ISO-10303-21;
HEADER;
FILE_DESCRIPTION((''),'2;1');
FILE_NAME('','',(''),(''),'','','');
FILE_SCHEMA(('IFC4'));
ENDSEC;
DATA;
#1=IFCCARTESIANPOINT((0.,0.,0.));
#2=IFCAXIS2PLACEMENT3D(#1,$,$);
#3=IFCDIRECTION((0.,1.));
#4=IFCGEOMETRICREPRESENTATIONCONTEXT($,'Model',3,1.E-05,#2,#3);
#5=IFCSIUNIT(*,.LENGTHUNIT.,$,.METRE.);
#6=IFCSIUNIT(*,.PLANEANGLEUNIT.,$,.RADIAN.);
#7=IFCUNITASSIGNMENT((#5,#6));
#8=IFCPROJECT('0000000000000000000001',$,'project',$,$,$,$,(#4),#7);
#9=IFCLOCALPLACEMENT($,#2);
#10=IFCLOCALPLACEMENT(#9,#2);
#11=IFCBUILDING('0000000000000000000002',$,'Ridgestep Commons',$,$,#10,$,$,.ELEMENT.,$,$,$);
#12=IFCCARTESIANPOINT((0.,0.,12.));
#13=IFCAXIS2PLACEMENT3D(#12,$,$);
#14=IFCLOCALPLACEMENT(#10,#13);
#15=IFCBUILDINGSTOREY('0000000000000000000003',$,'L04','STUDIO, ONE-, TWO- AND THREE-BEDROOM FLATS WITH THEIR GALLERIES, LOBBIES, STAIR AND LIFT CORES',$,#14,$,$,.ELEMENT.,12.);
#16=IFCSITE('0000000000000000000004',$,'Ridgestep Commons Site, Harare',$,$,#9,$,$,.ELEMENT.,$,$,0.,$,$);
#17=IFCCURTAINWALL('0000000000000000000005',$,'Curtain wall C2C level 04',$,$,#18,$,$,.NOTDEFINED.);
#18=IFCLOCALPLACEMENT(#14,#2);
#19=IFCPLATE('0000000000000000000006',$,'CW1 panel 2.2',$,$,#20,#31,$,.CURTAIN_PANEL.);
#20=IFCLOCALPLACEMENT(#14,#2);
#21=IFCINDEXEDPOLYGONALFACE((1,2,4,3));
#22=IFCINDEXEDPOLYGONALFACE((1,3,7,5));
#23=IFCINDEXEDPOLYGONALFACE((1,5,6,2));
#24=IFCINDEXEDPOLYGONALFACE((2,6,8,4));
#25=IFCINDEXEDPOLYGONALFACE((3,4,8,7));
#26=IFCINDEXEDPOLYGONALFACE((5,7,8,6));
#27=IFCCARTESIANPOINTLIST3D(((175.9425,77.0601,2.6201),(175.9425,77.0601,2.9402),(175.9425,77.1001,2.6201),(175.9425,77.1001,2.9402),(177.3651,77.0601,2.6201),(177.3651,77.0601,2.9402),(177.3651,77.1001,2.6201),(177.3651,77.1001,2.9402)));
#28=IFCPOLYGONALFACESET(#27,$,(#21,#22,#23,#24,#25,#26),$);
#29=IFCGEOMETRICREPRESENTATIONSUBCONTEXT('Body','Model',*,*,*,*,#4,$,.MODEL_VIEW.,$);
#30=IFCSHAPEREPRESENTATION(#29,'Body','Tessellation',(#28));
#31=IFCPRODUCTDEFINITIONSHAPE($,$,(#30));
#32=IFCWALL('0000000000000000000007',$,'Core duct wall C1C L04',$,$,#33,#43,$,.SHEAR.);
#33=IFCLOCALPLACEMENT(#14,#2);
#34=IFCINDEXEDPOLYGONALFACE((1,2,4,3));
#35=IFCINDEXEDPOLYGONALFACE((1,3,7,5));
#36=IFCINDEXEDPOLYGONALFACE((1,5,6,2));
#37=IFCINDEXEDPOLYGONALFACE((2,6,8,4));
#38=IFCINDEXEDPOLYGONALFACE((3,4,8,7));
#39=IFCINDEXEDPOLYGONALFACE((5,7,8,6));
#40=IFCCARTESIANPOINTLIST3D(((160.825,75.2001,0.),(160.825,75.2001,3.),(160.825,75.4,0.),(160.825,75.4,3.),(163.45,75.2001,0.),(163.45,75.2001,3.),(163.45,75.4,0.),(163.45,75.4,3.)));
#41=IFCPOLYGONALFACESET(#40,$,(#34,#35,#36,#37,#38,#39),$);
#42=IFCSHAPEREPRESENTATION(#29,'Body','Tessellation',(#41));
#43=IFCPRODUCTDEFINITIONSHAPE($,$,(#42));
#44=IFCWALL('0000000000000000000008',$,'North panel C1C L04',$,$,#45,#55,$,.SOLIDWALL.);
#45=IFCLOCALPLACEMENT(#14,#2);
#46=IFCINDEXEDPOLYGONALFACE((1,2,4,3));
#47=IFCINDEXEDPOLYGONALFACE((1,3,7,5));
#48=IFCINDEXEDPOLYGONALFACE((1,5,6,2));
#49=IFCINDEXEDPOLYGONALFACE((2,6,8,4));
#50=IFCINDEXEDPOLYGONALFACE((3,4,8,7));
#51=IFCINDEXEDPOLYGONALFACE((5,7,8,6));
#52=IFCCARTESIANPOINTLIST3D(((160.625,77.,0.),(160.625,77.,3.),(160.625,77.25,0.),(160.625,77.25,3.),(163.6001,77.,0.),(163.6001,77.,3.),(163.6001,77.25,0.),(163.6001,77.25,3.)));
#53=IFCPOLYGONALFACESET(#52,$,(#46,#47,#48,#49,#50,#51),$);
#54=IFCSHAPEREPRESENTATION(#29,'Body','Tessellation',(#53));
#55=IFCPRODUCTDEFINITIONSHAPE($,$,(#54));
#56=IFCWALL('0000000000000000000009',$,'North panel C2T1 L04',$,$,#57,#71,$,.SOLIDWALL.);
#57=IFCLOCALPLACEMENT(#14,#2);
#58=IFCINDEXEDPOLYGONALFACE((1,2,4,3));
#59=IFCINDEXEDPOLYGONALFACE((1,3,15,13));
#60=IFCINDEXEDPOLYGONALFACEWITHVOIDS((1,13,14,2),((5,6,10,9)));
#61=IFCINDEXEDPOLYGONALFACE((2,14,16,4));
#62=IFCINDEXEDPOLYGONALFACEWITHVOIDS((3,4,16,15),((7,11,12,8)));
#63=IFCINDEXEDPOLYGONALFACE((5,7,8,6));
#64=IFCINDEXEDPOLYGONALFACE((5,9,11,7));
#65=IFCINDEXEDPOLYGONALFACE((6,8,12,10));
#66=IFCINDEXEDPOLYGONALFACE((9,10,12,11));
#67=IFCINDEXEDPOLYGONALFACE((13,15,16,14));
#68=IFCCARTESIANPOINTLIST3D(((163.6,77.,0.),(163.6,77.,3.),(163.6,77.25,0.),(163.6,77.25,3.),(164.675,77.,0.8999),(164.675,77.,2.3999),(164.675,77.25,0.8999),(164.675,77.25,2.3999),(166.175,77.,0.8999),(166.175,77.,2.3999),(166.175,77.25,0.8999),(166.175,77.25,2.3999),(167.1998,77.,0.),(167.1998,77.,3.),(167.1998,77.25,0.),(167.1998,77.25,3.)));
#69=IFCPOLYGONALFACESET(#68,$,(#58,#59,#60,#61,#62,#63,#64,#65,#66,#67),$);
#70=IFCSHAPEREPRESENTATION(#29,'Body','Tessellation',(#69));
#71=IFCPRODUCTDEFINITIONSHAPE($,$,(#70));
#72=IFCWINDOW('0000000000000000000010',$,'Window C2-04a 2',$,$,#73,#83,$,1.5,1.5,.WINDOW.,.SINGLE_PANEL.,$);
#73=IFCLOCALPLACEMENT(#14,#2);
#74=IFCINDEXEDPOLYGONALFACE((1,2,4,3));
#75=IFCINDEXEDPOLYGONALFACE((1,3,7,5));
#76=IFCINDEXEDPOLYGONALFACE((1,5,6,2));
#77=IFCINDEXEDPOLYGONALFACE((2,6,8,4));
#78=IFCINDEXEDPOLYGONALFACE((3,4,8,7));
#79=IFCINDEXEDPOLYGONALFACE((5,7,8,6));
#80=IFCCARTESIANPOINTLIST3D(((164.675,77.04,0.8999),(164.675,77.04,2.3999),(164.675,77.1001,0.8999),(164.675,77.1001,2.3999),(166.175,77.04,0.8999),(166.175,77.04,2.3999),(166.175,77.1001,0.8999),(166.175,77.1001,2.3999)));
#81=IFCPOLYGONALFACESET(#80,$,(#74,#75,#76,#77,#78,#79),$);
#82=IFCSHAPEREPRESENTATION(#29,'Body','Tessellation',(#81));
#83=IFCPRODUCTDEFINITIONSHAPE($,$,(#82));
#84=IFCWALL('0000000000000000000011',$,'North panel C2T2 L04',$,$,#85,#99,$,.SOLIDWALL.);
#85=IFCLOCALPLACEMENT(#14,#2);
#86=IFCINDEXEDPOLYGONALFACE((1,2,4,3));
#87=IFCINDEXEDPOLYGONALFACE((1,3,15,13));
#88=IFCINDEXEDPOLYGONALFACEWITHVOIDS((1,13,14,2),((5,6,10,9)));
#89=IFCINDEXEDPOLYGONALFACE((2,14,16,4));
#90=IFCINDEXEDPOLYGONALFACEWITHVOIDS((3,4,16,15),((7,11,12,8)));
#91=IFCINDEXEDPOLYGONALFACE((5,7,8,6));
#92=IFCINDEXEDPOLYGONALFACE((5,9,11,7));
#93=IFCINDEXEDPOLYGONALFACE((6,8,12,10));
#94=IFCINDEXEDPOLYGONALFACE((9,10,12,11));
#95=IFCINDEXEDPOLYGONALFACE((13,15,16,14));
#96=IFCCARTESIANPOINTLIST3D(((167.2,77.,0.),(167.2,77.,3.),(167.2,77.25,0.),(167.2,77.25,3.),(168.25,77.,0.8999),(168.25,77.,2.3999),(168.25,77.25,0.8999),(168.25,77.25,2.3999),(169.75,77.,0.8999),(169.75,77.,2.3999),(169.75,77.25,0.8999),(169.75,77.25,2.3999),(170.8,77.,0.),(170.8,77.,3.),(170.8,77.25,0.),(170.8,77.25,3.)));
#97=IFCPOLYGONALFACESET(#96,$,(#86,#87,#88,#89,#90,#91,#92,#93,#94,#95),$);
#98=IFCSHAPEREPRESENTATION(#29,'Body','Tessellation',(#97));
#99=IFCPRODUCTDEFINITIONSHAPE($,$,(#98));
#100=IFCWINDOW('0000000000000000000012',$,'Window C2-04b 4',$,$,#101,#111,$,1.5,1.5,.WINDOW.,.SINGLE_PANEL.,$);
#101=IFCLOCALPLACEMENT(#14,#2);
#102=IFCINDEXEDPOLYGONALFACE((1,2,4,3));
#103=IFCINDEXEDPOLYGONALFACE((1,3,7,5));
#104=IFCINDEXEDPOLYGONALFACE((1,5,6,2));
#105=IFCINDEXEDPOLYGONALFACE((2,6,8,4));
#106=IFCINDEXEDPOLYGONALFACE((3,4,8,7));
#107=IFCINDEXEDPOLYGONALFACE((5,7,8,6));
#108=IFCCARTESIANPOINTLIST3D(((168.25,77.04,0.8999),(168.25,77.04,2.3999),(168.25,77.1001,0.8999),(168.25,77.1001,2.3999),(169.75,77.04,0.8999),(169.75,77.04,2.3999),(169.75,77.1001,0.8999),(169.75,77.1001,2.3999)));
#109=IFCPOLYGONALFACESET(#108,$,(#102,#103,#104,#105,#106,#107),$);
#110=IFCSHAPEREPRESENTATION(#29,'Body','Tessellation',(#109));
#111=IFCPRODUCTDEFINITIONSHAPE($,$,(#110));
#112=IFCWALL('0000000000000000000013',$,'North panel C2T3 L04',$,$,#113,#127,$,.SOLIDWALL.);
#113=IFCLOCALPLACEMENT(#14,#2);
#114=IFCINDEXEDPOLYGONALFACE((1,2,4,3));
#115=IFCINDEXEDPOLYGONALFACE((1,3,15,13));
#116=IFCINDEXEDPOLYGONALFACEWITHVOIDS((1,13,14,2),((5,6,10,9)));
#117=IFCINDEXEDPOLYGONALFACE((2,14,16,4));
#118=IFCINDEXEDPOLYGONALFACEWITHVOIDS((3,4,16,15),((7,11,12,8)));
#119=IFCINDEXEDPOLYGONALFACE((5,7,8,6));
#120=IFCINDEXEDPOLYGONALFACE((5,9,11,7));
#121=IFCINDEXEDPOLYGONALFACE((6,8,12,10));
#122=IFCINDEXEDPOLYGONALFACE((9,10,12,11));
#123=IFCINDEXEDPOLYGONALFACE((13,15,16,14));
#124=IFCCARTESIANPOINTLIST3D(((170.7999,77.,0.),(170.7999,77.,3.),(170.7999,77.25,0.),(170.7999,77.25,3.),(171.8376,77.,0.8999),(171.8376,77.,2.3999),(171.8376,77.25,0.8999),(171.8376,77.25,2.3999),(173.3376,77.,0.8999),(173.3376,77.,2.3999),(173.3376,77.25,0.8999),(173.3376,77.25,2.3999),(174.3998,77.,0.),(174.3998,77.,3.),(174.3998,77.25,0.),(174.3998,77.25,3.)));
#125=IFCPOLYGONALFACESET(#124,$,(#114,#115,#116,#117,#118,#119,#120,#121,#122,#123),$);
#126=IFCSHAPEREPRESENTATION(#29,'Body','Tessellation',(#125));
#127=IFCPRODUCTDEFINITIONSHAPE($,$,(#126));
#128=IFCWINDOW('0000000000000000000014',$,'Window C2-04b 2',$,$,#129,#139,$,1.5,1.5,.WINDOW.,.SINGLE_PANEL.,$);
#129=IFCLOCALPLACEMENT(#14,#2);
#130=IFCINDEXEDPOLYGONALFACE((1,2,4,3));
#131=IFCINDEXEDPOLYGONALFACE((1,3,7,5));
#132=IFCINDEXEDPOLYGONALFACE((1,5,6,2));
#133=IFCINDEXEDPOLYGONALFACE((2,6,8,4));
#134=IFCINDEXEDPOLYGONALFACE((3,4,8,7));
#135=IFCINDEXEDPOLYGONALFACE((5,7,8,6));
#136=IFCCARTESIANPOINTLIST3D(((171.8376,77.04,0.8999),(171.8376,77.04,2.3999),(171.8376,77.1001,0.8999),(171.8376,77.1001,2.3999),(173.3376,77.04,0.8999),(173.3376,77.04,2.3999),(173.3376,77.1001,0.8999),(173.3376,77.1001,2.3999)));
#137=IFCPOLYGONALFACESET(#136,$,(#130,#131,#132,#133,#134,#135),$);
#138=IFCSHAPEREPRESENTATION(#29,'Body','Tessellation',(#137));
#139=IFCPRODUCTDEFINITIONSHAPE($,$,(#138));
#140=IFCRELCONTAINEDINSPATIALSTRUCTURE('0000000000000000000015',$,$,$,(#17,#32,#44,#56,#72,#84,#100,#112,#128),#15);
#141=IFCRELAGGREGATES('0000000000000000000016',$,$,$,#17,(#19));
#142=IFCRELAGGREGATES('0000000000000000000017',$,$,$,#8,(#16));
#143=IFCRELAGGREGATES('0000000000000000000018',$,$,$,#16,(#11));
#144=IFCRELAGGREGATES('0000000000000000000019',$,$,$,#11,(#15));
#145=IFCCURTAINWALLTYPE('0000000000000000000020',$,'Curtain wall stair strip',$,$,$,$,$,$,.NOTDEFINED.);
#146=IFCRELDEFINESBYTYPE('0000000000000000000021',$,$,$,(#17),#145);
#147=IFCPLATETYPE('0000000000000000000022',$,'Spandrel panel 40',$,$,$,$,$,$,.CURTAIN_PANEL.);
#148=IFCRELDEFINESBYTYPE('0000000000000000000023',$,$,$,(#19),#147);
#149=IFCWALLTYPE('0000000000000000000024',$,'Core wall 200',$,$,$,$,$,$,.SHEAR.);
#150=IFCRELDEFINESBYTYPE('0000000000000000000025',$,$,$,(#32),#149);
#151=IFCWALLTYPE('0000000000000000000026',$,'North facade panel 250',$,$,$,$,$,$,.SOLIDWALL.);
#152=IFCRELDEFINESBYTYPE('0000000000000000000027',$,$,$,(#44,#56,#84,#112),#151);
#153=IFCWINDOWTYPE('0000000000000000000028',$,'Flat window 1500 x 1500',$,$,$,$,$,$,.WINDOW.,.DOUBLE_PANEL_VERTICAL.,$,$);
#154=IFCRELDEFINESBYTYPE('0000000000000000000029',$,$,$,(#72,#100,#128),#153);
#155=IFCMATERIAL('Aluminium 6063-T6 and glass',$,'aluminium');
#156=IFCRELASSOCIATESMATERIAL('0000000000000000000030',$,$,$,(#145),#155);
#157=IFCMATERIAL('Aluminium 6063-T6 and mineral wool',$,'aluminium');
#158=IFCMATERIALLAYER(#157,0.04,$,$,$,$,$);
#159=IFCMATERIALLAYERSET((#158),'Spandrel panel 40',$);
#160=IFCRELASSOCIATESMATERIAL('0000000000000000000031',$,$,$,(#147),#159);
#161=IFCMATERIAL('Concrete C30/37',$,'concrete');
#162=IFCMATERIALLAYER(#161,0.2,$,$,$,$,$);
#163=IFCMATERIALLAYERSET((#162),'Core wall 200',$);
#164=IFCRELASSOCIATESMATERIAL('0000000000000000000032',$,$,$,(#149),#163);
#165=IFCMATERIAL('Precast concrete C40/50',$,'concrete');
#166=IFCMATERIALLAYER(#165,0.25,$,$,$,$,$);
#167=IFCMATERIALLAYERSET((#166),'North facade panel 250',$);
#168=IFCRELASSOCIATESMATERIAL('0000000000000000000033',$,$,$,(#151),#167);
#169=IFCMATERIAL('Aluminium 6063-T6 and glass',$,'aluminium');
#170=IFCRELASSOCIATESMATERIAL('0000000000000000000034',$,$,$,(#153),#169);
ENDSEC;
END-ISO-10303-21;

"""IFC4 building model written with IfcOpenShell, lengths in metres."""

from ifc_helpers import new_model, si_unit, direction, frame, frame_2d, origin, origin_2d, place, context, subcontext, project, spatial, rectangle, extrude, material, layer, layer_set, type_object, element, fill, aggregate, save


model = new_model("IFC4")

# Units and contexts
model_context = context("Model", 3, precision=1e-05, world=origin(), true_north=direction((0.0, 1.0)))
body_context = subcontext(model_context, "Body", "Model", "MODEL_VIEW")
ifc_project = project(units=[si_unit("LENGTHUNIT", "METRE"), si_unit("PLANEANGLEUNIT", "RADIAN")], contexts=[model_context])

# Site, building, storey
site_placement = place(None, origin())
site = spatial("IfcSite", under=ifc_project, at=site_placement, Name="Ridgestep Commons Site, Harare", CompositionType="ELEMENT", RefElevation=0.0)
building_placement = place(site_placement, origin())
building = spatial("IfcBuilding", under=site, at=building_placement, Name="Ridgestep Commons", CompositionType="ELEMENT")
storey_placement = place(building_placement, frame((0.0, 0.0, 12.0)))
storey = spatial("IfcBuildingStorey", under=building, at=storey_placement, Name="L04", Description="STUDIO, ONE-, TWO- AND THREE-BEDROOM FLATS WITH THEIR GALLERIES, LOBBIES, STAIR AND LIFT CORES", CompositionType="ELEMENT", Elevation=12.0)

# Shared definitions
ifc_material_1 = material(Name="Aluminium 6063-T6 and glass", Category="aluminium")
curtain_wall_type = type_object("IfcCurtainWallType", Name="Curtain wall stair strip", PredefinedType="NOTDEFINED", material=ifc_material_1)

# Curtain wall
curtain_wall_1_placement = place(storey_placement, origin())
curtain_wall_1 = element("IfcCurtainWall", 1, at=curtain_wall_1_placement, inside=storey, type_object=curtain_wall_type, Name="Curtain wall C2C level 04", PredefinedType="NOTDEFINED")

# Plate
ifc_material_2 = material(Name="Aluminium 6063-T6 and mineral wool", Category="aluminium")
ifc_layer_1 = layer(ifc_material_2, 0.04)
ifc_layer_set_1 = layer_set([ifc_layer_1], Name="Spandrel panel 40")
plate_type_1 = type_object("IfcPlateType", Name="Spandrel panel 40", PredefinedType="CURTAIN_PANEL", material=ifc_layer_set_1)
plate_1_placement = place(storey_placement, frame((176.6538, 77.0801, 2.6201), z_axis=(0.0, 0.0, 1.0), x_axis=(1.0, 0.0, 0.0)))
plate_1 = element("IfcPlate", 2, at=plate_1_placement, type_object=plate_type_1, Name="CW1 panel 2.2", PredefinedType="CURTAIN_PANEL", context=body_context, shape_type="SweptSolid", body=[
    extrude(rectangle(XDim=1.4226, YDim=0.04, at=origin_2d()), origin(), (0.0, 0.0, 1.0), 0.3201),
])
aggregate(curtain_wall_1, [plate_1])

# Walls
ifc_material_3 = material(Name="Concrete C30/37", Category="concrete")
ifc_layer_2 = layer(ifc_material_3, 0.2)
ifc_layer_set_2 = layer_set([ifc_layer_2], Name="Core wall 200")
wall_type_1 = type_object("IfcWallType", Name="Core wall 200", PredefinedType="SHEAR", material=ifc_layer_set_2)
wall_1_placement = place(storey_placement, frame((160.825, 75.3, 0.0), z_axis=(0.0, 0.0, 1.0), x_axis=(1.0, 0.0, 0.0)))
element("IfcWall", 3, at=wall_1_placement, inside=storey, type_object=wall_type_1, Name="Core duct wall C1C L04", PredefinedType="SHEAR", context=body_context, shape_type="SweptSolid", body=[
    extrude(rectangle(XDim=2.625, YDim=0.2, at=frame_2d((1.3125, 0.0))), origin(), (0.0, 0.0, 1.0), 3.0),
])
ifc_material_4 = material(Name="Precast concrete C40/50", Category="concrete")
ifc_layer_3 = layer(ifc_material_4, 0.25)
ifc_layer_set_3 = layer_set([ifc_layer_3], Name="North facade panel 250")
wall_type_2 = type_object("IfcWallType", Name="North facade panel 250", PredefinedType="SOLIDWALL", material=ifc_layer_set_3)
wall_2_placement = place(storey_placement, frame((160.625, 77.125, 0.0), z_axis=(0.0, 0.0, 1.0), x_axis=(1.0, 0.0, 0.0)))
element("IfcWall", 4, at=wall_2_placement, inside=storey, type_object=wall_type_2, Name="North panel C1C L04", PredefinedType="SOLIDWALL", context=body_context, shape_type="SweptSolid", body=[
    extrude(rectangle(XDim=2.9751, YDim=0.25, at=frame_2d((1.4875, 0.0))), origin(), (0.0, 0.0, 1.0), 3.0),
])

# Walls, openings, windows
wall_3_placement = place(storey_placement, frame((163.6001, 77.125, 0.0), z_axis=(0.0, 0.0, 1.0), x_axis=(1.0, 0.0, 0.0)))
wall_3 = element("IfcWall", 5, at=wall_3_placement, inside=storey, type_object=wall_type_2, Name="North panel C2T1 L04", PredefinedType="SOLIDWALL", context=body_context, shape_type="SweptSolid", body=[
    extrude(rectangle(XDim=3.5999, YDim=0.25, at=frame_2d((1.7998, 0.0))), origin(), (0.0, 0.0, 1.0), 3.0),
])
opening_1_placement = place(wall_3_placement, frame((1.075, 0.0, 0.8999)))
opening_1 = element("IfcOpeningElement", 6, at=opening_1_placement, cuts=wall_3, PredefinedType="OPENING", context=body_context, shape_type="SweptSolid", body=[
    extrude(rectangle(XDim=1.5, YDim=1.5, at=frame_2d((0.75, 0.75))), frame((0.0, 0.135, 0.0), z_axis=(0.0, -1.0, 0.0), x_axis=(1.0, 0.0, 0.0)), (0.0, 0.0, 1.0), 0.27),
])
ifc_material_5 = material(Name="Aluminium 6063-T6 and glass", Category="aluminium")
window_type = type_object("IfcWindowType", Name="Flat window 1500 x 1500", PartitioningType="DOUBLE_PANEL_VERTICAL", PredefinedType="WINDOW", material=ifc_material_5)
window_1_placement = place(opening_1_placement, origin())
window_1 = element("IfcWindow", 7, at=window_1_placement, inside=storey, type_object=window_type, Name="Window C2-04a 2", OverallHeight=1.5, OverallWidth=1.5, PartitioningType="SINGLE_PANEL", PredefinedType="WINDOW", context=body_context, shape_type="SweptSolid", body=[
    extrude(rectangle(XDim=1.5, YDim=1.5, at=frame_2d((0.75, 0.75))), frame((0.0, -0.0249, 0.0), z_axis=(0.0, -1.0, 0.0), x_axis=(1.0, 0.0, 0.0)), (0.0, 0.0, 1.0), 0.0601),
])
fill(opening_1, window_1)
wall_4_placement = place(storey_placement, frame((167.2, 77.125, 0.0), z_axis=(0.0, 0.0, 1.0), x_axis=(1.0, 0.0, 0.0)))
wall_4 = element("IfcWall", 8, at=wall_4_placement, inside=storey, type_object=wall_type_2, Name="North panel C2T2 L04", PredefinedType="SOLIDWALL", context=body_context, shape_type="SweptSolid", body=[
    extrude(rectangle(XDim=3.6001, YDim=0.25, at=frame_2d((1.8, 0.0))), origin(), (0.0, 0.0, 1.0), 3.0),
])
opening_2_placement = place(wall_4_placement, frame((1.05, 0.0, 0.8999)))
opening_2 = element("IfcOpeningElement", 9, at=opening_2_placement, cuts=wall_4, PredefinedType="OPENING", context=body_context, shape_type="SweptSolid", body=[
    extrude(rectangle(XDim=1.5, YDim=1.5, at=frame_2d((0.75, 0.75))), frame((0.0, 0.135, 0.0), z_axis=(0.0, -1.0, 0.0), x_axis=(1.0, 0.0, 0.0)), (0.0, 0.0, 1.0), 0.27),
])
window_2_placement = place(opening_2_placement, origin())
window_2 = element("IfcWindow", 10, at=window_2_placement, inside=storey, type_object=window_type, Name="Window C2-04b 4", OverallHeight=1.5, OverallWidth=1.5, PartitioningType="SINGLE_PANEL", PredefinedType="WINDOW", context=body_context, shape_type="SweptSolid", body=[
    extrude(rectangle(XDim=1.5, YDim=1.5, at=frame_2d((0.75, 0.75))), frame((0.0, -0.0249, 0.0), z_axis=(0.0, -1.0, 0.0), x_axis=(1.0, 0.0, 0.0)), (0.0, 0.0, 1.0), 0.0601),
])
fill(opening_2, window_2)
wall_5_placement = place(storey_placement, frame((170.8, 77.125, 0.0), z_axis=(0.0, 0.0, 1.0), x_axis=(1.0, 0.0, 0.0)))
wall_5 = element("IfcWall", 11, at=wall_5_placement, inside=storey, type_object=wall_type_2, Name="North panel C2T3 L04", PredefinedType="SOLIDWALL", context=body_context, shape_type="SweptSolid", body=[
    extrude(rectangle(XDim=3.5999, YDim=0.25, at=frame_2d((1.7998, 0.0))), origin(), (0.0, 0.0, 1.0), 3.0),
])
opening_3_placement = place(wall_5_placement, frame((1.0376, 0.0, 0.8999)))
opening_3 = element("IfcOpeningElement", 12, at=opening_3_placement, cuts=wall_5, PredefinedType="OPENING", context=body_context, shape_type="SweptSolid", body=[
    extrude(rectangle(XDim=1.5, YDim=1.5, at=frame_2d((0.75, 0.75))), frame((0.0, 0.135, 0.0), z_axis=(0.0, -1.0, 0.0), x_axis=(1.0, 0.0, 0.0)), (0.0, 0.0, 1.0), 0.27),
])
window_3_placement = place(opening_3_placement, origin())
window_3 = element("IfcWindow", 13, at=window_3_placement, inside=storey, type_object=window_type, Name="Window C2-04b 2", OverallHeight=1.5, OverallWidth=1.5, PartitioningType="SINGLE_PANEL", PredefinedType="WINDOW", context=body_context, shape_type="SweptSolid", body=[
    extrude(rectangle(XDim=1.5, YDim=1.5, at=frame_2d((0.75, 0.75))), frame((0.0, -0.0249, 0.0), z_axis=(0.0, -1.0, 0.0), x_axis=(1.0, 0.0, 0.0)), (0.0, 0.0, 1.0), 0.0601),
])
fill(opening_3, window_3)

save(model, "model.ifc")
